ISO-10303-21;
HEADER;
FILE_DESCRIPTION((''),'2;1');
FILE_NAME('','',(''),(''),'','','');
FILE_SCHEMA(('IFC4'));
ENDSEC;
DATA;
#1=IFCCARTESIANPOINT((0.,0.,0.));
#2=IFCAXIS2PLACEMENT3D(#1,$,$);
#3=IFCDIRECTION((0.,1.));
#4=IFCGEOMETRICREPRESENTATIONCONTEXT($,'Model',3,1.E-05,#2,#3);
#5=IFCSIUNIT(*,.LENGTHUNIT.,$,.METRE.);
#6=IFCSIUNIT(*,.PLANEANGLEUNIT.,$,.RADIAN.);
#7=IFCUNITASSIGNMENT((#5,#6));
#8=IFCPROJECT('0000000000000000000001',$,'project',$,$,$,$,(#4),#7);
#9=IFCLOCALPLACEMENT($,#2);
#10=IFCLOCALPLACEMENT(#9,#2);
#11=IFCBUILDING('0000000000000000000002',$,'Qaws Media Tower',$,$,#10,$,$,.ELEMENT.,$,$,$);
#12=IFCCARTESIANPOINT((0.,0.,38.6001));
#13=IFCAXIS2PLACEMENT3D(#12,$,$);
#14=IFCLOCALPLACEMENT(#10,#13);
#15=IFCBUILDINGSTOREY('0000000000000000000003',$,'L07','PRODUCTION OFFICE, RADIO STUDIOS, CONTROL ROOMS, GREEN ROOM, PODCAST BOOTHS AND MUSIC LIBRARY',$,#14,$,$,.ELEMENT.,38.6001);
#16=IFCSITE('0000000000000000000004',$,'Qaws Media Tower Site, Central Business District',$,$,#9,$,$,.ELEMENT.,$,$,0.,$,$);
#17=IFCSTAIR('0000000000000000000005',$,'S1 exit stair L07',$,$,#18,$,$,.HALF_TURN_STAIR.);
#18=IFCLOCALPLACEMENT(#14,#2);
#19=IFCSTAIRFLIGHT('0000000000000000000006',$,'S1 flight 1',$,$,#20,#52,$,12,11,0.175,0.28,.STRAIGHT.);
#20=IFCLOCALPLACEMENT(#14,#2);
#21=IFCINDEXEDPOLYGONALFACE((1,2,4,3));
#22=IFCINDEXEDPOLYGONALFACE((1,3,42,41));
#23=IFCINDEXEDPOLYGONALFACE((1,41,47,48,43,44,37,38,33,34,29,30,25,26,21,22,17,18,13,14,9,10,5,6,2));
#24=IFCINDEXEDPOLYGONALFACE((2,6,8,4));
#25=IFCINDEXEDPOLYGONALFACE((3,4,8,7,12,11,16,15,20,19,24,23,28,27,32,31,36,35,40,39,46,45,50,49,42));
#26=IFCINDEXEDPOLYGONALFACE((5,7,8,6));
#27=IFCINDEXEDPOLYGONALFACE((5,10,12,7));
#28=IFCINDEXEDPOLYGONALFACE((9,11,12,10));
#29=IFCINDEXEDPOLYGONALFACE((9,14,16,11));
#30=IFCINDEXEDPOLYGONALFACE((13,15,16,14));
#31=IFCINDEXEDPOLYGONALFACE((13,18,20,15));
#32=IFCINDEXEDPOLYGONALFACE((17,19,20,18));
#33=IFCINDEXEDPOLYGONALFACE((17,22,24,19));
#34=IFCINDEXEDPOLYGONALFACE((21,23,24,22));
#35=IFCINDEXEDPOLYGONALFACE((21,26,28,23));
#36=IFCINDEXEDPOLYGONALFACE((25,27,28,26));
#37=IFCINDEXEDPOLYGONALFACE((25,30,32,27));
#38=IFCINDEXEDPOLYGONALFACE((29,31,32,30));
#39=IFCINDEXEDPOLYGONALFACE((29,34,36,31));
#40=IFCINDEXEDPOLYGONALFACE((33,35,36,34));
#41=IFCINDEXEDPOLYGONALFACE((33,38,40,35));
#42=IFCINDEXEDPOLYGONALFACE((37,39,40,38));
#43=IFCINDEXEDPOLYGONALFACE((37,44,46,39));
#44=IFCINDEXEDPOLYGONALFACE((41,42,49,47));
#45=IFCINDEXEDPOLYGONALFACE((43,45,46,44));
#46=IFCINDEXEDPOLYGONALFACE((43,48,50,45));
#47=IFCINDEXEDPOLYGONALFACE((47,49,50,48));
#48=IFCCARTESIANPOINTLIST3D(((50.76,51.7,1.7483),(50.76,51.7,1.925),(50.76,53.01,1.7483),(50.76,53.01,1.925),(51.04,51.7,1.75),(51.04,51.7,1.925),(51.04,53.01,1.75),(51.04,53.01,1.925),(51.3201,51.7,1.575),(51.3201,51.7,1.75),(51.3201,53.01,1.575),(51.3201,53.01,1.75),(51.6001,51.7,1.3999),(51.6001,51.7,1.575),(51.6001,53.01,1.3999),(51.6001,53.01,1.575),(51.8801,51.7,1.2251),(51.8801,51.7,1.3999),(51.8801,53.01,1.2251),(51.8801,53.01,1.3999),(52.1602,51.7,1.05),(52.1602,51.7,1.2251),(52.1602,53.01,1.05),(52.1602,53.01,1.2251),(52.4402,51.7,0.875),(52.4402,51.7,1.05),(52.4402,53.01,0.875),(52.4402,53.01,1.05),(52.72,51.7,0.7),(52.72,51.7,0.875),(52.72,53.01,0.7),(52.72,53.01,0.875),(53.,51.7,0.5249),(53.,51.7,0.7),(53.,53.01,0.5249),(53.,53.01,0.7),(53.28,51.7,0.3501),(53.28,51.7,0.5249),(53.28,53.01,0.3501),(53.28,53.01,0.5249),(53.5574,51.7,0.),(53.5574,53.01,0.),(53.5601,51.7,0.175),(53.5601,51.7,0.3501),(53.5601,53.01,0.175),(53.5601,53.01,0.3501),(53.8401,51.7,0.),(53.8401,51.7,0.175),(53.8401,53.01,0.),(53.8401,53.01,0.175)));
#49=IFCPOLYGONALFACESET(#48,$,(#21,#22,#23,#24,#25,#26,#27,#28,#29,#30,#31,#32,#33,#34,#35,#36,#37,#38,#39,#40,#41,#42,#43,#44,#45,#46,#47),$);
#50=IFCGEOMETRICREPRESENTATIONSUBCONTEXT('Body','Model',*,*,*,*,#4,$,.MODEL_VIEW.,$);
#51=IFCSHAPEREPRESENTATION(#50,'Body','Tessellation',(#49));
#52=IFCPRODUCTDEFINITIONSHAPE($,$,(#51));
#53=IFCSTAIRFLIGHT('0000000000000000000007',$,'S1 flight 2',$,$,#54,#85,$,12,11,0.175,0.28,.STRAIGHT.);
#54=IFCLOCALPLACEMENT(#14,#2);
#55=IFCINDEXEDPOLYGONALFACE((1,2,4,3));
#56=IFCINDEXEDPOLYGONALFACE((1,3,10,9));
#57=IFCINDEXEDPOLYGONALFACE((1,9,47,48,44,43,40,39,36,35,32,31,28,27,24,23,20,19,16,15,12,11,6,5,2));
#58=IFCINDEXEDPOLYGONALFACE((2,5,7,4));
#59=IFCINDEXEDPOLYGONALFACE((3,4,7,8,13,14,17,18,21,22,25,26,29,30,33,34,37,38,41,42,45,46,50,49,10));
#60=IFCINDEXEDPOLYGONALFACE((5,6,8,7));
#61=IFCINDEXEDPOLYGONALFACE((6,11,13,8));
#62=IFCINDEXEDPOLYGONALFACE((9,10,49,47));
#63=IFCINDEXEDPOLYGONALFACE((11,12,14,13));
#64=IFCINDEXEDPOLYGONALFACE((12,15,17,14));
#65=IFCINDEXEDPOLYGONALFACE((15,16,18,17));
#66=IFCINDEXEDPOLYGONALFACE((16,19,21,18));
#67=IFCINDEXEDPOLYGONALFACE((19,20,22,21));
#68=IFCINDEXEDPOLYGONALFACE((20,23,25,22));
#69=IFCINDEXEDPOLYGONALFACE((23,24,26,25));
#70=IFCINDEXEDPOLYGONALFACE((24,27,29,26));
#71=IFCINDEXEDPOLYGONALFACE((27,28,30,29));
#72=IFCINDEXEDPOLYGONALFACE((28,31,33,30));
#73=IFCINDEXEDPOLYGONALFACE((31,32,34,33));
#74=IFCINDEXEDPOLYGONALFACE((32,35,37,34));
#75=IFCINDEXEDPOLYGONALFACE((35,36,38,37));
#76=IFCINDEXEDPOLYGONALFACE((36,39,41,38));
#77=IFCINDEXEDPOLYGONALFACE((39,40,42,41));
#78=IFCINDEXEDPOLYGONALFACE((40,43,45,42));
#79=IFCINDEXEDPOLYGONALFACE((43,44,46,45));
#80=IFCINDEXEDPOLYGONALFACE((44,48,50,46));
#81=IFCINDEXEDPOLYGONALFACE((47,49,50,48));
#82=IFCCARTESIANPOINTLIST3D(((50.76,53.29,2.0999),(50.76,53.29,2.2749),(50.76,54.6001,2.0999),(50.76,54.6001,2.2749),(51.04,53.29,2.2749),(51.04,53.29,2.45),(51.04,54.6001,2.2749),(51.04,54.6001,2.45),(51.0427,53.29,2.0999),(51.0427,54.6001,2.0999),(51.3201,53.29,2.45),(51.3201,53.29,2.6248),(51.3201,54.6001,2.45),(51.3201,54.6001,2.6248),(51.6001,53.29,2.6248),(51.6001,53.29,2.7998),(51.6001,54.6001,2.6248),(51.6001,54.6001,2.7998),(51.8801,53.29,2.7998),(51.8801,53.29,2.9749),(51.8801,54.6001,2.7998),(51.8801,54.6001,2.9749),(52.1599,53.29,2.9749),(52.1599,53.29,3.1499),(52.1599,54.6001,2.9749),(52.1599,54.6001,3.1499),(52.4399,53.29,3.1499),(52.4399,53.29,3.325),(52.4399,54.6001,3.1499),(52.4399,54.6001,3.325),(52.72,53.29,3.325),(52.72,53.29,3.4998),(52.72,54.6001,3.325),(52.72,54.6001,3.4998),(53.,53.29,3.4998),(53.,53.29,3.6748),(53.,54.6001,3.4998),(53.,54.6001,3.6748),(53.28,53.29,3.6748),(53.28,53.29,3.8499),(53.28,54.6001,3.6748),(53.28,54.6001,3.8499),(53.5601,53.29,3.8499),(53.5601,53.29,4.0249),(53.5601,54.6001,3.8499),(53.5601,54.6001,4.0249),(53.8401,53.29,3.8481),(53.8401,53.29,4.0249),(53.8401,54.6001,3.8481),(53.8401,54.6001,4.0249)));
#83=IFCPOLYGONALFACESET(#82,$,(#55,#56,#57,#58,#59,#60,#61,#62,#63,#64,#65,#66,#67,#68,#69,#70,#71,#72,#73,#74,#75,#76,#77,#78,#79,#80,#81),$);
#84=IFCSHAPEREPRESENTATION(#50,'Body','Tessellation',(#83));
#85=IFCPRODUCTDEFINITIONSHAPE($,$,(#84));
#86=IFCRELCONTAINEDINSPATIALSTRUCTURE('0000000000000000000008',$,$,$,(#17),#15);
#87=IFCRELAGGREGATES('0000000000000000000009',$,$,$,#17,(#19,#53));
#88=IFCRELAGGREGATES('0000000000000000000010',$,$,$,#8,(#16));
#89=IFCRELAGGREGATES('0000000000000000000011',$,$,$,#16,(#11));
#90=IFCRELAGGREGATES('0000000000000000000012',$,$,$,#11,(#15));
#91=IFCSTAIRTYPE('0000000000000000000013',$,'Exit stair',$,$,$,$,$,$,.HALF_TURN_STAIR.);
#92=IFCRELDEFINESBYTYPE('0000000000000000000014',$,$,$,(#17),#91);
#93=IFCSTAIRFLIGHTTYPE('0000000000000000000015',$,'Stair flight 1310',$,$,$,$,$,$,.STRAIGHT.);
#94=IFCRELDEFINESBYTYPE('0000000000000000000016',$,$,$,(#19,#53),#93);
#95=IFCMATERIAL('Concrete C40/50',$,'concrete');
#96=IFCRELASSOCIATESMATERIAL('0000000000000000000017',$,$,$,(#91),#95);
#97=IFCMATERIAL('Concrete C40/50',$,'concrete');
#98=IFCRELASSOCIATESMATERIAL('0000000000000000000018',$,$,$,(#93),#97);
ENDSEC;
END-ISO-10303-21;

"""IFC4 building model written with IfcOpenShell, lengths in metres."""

from ifc_helpers import new_model, si_unit, direction, frame, origin, place, context, subcontext, project, spatial, polyline, outline, extrude, material, type_object, element, aggregate, save


model = new_model("IFC4")

# Units and contexts
model_context = context("Model", 3, precision=1e-05, world=origin(), true_north=direction((0.0, 1.0)))
body_context = subcontext(model_context, "Body", "Model", "MODEL_VIEW")
ifc_project = project(units=[si_unit("LENGTHUNIT", "METRE"), si_unit("PLANEANGLEUNIT", "RADIAN")], contexts=[model_context])

# Site, building, storey
site_placement = place(None, origin())
site = spatial("IfcSite", under=ifc_project, at=site_placement, Name="Qaws Media Tower Site, Central Business District", CompositionType="ELEMENT", RefElevation=0.0)
building_placement = place(site_placement, origin())
building = spatial("IfcBuilding", under=site, at=building_placement, Name="Qaws Media Tower", CompositionType="ELEMENT")
storey_placement = place(building_placement, frame((0.0, 0.0, 38.6001)))
storey = spatial("IfcBuildingStorey", under=building, at=storey_placement, Name="L07", Description="PRODUCTION OFFICE, RADIO STUDIOS, CONTROL ROOMS, GREEN ROOM, PODCAST BOOTHS AND MUSIC LIBRARY", CompositionType="ELEMENT", Elevation=38.6001)

# Stair, stair flights
ifc_material_1 = material(Name="Concrete C40/50", Category="concrete")
stair_type = type_object("IfcStairType", Name="Exit stair", PredefinedType="HALF_TURN_STAIR", material=ifc_material_1)
stair_placement = place(storey_placement, origin())
stair = element("IfcStair", 1, at=stair_placement, inside=storey, type_object=stair_type, Name="S1 exit stair L07", PredefinedType="HALF_TURN_STAIR")
ifc_material_2 = material(Name="Concrete C40/50", Category="concrete")
stair_flight_type = type_object("IfcStairFlightType", Name="Stair flight 1310", PredefinedType="STRAIGHT", material=ifc_material_2)
stair_flight_1_placement = place(storey_placement, frame((53.8401, 52.355, 0.0), z_axis=(0.0, 0.0, 1.0), x_axis=(-1.0, 0.0, 0.0)))
stair_flight_1 = element("IfcStairFlight", 2, at=stair_flight_1_placement, type_object=stair_flight_type, Name="S1 flight 1", NumberOfRisers=12, NumberOfTreads=11, PredefinedType="STRAIGHT", RiserHeight=0.175, TreadLength=0.28, context=body_context, shape_type="SweptSolid", body=[
    extrude(outline(polyline([(0.0, 0.0), (0.0, 0.175), (0.28, 0.175), (0.28, 0.3501), (0.5601, 0.3501), (0.5601, 0.5249), (0.8401, 0.5249), (0.8401, 0.7), (1.1201, 0.7), (1.1201, 0.875), (1.3999, 0.875), (1.3999, 1.05), (1.6799, 1.05), (1.6799, 1.2251), (1.96, 1.2251), (1.96, 1.3999), (2.24, 1.3999), (2.24, 1.575), (2.52, 1.575), (2.52, 1.75), (2.8, 1.75), (2.8, 1.925), (3.0801, 1.925), (3.0801, 2.1001), (3.0801, 1.7483), (0.2827, 0.0), (0.0, 0.0)])), frame((0.0, 0.655, 0.0), z_axis=(0.0, -1.0, 0.0), x_axis=(1.0, 0.0, 0.0)), (0.0, 0.0, 1.0), 1.3101),
])
stair_flight_2_placement = place(storey_placement, frame((50.76, 53.9451, 2.0999), z_axis=(0.0, 0.0, 1.0), x_axis=(1.0, 0.0, 0.0)))
stair_flight_2 = element("IfcStairFlight", 3, at=stair_flight_2_placement, type_object=stair_flight_type, Name="S1 flight 2", NumberOfRisers=12, NumberOfTreads=11, PredefinedType="STRAIGHT", RiserHeight=0.175, TreadLength=0.28, context=body_context, shape_type="SweptSolid", body=[
    extrude(outline(polyline([(0.0, 0.0), (0.0, 0.175), (0.28, 0.175), (0.28, 0.3501), (0.5601, 0.3501), (0.5601, 0.5249), (0.8401, 0.5249), (0.8401, 0.7), (1.1201, 0.7), (1.1201, 0.875), (1.3999, 0.875), (1.3999, 1.05), (1.6799, 1.05), (1.6799, 1.2251), (1.96, 1.2251), (1.96, 1.3999), (2.24, 1.3999), (2.24, 1.575), (2.52, 1.575), (2.52, 1.75), (2.8, 1.75), (2.8, 1.925), (3.0801, 1.925), (3.0801, 2.1001), (3.0801, 1.7483), (0.2827, 0.0), (0.0, 0.0)])), frame((0.0, 0.655, 0.0), z_axis=(0.0, -1.0, 0.0), x_axis=(1.0, 0.0, 0.0)), (0.0, 0.0, 1.0), 1.3101),
])
aggregate(stair, [stair_flight_1, stair_flight_2])

save(model, "model.ifc")
